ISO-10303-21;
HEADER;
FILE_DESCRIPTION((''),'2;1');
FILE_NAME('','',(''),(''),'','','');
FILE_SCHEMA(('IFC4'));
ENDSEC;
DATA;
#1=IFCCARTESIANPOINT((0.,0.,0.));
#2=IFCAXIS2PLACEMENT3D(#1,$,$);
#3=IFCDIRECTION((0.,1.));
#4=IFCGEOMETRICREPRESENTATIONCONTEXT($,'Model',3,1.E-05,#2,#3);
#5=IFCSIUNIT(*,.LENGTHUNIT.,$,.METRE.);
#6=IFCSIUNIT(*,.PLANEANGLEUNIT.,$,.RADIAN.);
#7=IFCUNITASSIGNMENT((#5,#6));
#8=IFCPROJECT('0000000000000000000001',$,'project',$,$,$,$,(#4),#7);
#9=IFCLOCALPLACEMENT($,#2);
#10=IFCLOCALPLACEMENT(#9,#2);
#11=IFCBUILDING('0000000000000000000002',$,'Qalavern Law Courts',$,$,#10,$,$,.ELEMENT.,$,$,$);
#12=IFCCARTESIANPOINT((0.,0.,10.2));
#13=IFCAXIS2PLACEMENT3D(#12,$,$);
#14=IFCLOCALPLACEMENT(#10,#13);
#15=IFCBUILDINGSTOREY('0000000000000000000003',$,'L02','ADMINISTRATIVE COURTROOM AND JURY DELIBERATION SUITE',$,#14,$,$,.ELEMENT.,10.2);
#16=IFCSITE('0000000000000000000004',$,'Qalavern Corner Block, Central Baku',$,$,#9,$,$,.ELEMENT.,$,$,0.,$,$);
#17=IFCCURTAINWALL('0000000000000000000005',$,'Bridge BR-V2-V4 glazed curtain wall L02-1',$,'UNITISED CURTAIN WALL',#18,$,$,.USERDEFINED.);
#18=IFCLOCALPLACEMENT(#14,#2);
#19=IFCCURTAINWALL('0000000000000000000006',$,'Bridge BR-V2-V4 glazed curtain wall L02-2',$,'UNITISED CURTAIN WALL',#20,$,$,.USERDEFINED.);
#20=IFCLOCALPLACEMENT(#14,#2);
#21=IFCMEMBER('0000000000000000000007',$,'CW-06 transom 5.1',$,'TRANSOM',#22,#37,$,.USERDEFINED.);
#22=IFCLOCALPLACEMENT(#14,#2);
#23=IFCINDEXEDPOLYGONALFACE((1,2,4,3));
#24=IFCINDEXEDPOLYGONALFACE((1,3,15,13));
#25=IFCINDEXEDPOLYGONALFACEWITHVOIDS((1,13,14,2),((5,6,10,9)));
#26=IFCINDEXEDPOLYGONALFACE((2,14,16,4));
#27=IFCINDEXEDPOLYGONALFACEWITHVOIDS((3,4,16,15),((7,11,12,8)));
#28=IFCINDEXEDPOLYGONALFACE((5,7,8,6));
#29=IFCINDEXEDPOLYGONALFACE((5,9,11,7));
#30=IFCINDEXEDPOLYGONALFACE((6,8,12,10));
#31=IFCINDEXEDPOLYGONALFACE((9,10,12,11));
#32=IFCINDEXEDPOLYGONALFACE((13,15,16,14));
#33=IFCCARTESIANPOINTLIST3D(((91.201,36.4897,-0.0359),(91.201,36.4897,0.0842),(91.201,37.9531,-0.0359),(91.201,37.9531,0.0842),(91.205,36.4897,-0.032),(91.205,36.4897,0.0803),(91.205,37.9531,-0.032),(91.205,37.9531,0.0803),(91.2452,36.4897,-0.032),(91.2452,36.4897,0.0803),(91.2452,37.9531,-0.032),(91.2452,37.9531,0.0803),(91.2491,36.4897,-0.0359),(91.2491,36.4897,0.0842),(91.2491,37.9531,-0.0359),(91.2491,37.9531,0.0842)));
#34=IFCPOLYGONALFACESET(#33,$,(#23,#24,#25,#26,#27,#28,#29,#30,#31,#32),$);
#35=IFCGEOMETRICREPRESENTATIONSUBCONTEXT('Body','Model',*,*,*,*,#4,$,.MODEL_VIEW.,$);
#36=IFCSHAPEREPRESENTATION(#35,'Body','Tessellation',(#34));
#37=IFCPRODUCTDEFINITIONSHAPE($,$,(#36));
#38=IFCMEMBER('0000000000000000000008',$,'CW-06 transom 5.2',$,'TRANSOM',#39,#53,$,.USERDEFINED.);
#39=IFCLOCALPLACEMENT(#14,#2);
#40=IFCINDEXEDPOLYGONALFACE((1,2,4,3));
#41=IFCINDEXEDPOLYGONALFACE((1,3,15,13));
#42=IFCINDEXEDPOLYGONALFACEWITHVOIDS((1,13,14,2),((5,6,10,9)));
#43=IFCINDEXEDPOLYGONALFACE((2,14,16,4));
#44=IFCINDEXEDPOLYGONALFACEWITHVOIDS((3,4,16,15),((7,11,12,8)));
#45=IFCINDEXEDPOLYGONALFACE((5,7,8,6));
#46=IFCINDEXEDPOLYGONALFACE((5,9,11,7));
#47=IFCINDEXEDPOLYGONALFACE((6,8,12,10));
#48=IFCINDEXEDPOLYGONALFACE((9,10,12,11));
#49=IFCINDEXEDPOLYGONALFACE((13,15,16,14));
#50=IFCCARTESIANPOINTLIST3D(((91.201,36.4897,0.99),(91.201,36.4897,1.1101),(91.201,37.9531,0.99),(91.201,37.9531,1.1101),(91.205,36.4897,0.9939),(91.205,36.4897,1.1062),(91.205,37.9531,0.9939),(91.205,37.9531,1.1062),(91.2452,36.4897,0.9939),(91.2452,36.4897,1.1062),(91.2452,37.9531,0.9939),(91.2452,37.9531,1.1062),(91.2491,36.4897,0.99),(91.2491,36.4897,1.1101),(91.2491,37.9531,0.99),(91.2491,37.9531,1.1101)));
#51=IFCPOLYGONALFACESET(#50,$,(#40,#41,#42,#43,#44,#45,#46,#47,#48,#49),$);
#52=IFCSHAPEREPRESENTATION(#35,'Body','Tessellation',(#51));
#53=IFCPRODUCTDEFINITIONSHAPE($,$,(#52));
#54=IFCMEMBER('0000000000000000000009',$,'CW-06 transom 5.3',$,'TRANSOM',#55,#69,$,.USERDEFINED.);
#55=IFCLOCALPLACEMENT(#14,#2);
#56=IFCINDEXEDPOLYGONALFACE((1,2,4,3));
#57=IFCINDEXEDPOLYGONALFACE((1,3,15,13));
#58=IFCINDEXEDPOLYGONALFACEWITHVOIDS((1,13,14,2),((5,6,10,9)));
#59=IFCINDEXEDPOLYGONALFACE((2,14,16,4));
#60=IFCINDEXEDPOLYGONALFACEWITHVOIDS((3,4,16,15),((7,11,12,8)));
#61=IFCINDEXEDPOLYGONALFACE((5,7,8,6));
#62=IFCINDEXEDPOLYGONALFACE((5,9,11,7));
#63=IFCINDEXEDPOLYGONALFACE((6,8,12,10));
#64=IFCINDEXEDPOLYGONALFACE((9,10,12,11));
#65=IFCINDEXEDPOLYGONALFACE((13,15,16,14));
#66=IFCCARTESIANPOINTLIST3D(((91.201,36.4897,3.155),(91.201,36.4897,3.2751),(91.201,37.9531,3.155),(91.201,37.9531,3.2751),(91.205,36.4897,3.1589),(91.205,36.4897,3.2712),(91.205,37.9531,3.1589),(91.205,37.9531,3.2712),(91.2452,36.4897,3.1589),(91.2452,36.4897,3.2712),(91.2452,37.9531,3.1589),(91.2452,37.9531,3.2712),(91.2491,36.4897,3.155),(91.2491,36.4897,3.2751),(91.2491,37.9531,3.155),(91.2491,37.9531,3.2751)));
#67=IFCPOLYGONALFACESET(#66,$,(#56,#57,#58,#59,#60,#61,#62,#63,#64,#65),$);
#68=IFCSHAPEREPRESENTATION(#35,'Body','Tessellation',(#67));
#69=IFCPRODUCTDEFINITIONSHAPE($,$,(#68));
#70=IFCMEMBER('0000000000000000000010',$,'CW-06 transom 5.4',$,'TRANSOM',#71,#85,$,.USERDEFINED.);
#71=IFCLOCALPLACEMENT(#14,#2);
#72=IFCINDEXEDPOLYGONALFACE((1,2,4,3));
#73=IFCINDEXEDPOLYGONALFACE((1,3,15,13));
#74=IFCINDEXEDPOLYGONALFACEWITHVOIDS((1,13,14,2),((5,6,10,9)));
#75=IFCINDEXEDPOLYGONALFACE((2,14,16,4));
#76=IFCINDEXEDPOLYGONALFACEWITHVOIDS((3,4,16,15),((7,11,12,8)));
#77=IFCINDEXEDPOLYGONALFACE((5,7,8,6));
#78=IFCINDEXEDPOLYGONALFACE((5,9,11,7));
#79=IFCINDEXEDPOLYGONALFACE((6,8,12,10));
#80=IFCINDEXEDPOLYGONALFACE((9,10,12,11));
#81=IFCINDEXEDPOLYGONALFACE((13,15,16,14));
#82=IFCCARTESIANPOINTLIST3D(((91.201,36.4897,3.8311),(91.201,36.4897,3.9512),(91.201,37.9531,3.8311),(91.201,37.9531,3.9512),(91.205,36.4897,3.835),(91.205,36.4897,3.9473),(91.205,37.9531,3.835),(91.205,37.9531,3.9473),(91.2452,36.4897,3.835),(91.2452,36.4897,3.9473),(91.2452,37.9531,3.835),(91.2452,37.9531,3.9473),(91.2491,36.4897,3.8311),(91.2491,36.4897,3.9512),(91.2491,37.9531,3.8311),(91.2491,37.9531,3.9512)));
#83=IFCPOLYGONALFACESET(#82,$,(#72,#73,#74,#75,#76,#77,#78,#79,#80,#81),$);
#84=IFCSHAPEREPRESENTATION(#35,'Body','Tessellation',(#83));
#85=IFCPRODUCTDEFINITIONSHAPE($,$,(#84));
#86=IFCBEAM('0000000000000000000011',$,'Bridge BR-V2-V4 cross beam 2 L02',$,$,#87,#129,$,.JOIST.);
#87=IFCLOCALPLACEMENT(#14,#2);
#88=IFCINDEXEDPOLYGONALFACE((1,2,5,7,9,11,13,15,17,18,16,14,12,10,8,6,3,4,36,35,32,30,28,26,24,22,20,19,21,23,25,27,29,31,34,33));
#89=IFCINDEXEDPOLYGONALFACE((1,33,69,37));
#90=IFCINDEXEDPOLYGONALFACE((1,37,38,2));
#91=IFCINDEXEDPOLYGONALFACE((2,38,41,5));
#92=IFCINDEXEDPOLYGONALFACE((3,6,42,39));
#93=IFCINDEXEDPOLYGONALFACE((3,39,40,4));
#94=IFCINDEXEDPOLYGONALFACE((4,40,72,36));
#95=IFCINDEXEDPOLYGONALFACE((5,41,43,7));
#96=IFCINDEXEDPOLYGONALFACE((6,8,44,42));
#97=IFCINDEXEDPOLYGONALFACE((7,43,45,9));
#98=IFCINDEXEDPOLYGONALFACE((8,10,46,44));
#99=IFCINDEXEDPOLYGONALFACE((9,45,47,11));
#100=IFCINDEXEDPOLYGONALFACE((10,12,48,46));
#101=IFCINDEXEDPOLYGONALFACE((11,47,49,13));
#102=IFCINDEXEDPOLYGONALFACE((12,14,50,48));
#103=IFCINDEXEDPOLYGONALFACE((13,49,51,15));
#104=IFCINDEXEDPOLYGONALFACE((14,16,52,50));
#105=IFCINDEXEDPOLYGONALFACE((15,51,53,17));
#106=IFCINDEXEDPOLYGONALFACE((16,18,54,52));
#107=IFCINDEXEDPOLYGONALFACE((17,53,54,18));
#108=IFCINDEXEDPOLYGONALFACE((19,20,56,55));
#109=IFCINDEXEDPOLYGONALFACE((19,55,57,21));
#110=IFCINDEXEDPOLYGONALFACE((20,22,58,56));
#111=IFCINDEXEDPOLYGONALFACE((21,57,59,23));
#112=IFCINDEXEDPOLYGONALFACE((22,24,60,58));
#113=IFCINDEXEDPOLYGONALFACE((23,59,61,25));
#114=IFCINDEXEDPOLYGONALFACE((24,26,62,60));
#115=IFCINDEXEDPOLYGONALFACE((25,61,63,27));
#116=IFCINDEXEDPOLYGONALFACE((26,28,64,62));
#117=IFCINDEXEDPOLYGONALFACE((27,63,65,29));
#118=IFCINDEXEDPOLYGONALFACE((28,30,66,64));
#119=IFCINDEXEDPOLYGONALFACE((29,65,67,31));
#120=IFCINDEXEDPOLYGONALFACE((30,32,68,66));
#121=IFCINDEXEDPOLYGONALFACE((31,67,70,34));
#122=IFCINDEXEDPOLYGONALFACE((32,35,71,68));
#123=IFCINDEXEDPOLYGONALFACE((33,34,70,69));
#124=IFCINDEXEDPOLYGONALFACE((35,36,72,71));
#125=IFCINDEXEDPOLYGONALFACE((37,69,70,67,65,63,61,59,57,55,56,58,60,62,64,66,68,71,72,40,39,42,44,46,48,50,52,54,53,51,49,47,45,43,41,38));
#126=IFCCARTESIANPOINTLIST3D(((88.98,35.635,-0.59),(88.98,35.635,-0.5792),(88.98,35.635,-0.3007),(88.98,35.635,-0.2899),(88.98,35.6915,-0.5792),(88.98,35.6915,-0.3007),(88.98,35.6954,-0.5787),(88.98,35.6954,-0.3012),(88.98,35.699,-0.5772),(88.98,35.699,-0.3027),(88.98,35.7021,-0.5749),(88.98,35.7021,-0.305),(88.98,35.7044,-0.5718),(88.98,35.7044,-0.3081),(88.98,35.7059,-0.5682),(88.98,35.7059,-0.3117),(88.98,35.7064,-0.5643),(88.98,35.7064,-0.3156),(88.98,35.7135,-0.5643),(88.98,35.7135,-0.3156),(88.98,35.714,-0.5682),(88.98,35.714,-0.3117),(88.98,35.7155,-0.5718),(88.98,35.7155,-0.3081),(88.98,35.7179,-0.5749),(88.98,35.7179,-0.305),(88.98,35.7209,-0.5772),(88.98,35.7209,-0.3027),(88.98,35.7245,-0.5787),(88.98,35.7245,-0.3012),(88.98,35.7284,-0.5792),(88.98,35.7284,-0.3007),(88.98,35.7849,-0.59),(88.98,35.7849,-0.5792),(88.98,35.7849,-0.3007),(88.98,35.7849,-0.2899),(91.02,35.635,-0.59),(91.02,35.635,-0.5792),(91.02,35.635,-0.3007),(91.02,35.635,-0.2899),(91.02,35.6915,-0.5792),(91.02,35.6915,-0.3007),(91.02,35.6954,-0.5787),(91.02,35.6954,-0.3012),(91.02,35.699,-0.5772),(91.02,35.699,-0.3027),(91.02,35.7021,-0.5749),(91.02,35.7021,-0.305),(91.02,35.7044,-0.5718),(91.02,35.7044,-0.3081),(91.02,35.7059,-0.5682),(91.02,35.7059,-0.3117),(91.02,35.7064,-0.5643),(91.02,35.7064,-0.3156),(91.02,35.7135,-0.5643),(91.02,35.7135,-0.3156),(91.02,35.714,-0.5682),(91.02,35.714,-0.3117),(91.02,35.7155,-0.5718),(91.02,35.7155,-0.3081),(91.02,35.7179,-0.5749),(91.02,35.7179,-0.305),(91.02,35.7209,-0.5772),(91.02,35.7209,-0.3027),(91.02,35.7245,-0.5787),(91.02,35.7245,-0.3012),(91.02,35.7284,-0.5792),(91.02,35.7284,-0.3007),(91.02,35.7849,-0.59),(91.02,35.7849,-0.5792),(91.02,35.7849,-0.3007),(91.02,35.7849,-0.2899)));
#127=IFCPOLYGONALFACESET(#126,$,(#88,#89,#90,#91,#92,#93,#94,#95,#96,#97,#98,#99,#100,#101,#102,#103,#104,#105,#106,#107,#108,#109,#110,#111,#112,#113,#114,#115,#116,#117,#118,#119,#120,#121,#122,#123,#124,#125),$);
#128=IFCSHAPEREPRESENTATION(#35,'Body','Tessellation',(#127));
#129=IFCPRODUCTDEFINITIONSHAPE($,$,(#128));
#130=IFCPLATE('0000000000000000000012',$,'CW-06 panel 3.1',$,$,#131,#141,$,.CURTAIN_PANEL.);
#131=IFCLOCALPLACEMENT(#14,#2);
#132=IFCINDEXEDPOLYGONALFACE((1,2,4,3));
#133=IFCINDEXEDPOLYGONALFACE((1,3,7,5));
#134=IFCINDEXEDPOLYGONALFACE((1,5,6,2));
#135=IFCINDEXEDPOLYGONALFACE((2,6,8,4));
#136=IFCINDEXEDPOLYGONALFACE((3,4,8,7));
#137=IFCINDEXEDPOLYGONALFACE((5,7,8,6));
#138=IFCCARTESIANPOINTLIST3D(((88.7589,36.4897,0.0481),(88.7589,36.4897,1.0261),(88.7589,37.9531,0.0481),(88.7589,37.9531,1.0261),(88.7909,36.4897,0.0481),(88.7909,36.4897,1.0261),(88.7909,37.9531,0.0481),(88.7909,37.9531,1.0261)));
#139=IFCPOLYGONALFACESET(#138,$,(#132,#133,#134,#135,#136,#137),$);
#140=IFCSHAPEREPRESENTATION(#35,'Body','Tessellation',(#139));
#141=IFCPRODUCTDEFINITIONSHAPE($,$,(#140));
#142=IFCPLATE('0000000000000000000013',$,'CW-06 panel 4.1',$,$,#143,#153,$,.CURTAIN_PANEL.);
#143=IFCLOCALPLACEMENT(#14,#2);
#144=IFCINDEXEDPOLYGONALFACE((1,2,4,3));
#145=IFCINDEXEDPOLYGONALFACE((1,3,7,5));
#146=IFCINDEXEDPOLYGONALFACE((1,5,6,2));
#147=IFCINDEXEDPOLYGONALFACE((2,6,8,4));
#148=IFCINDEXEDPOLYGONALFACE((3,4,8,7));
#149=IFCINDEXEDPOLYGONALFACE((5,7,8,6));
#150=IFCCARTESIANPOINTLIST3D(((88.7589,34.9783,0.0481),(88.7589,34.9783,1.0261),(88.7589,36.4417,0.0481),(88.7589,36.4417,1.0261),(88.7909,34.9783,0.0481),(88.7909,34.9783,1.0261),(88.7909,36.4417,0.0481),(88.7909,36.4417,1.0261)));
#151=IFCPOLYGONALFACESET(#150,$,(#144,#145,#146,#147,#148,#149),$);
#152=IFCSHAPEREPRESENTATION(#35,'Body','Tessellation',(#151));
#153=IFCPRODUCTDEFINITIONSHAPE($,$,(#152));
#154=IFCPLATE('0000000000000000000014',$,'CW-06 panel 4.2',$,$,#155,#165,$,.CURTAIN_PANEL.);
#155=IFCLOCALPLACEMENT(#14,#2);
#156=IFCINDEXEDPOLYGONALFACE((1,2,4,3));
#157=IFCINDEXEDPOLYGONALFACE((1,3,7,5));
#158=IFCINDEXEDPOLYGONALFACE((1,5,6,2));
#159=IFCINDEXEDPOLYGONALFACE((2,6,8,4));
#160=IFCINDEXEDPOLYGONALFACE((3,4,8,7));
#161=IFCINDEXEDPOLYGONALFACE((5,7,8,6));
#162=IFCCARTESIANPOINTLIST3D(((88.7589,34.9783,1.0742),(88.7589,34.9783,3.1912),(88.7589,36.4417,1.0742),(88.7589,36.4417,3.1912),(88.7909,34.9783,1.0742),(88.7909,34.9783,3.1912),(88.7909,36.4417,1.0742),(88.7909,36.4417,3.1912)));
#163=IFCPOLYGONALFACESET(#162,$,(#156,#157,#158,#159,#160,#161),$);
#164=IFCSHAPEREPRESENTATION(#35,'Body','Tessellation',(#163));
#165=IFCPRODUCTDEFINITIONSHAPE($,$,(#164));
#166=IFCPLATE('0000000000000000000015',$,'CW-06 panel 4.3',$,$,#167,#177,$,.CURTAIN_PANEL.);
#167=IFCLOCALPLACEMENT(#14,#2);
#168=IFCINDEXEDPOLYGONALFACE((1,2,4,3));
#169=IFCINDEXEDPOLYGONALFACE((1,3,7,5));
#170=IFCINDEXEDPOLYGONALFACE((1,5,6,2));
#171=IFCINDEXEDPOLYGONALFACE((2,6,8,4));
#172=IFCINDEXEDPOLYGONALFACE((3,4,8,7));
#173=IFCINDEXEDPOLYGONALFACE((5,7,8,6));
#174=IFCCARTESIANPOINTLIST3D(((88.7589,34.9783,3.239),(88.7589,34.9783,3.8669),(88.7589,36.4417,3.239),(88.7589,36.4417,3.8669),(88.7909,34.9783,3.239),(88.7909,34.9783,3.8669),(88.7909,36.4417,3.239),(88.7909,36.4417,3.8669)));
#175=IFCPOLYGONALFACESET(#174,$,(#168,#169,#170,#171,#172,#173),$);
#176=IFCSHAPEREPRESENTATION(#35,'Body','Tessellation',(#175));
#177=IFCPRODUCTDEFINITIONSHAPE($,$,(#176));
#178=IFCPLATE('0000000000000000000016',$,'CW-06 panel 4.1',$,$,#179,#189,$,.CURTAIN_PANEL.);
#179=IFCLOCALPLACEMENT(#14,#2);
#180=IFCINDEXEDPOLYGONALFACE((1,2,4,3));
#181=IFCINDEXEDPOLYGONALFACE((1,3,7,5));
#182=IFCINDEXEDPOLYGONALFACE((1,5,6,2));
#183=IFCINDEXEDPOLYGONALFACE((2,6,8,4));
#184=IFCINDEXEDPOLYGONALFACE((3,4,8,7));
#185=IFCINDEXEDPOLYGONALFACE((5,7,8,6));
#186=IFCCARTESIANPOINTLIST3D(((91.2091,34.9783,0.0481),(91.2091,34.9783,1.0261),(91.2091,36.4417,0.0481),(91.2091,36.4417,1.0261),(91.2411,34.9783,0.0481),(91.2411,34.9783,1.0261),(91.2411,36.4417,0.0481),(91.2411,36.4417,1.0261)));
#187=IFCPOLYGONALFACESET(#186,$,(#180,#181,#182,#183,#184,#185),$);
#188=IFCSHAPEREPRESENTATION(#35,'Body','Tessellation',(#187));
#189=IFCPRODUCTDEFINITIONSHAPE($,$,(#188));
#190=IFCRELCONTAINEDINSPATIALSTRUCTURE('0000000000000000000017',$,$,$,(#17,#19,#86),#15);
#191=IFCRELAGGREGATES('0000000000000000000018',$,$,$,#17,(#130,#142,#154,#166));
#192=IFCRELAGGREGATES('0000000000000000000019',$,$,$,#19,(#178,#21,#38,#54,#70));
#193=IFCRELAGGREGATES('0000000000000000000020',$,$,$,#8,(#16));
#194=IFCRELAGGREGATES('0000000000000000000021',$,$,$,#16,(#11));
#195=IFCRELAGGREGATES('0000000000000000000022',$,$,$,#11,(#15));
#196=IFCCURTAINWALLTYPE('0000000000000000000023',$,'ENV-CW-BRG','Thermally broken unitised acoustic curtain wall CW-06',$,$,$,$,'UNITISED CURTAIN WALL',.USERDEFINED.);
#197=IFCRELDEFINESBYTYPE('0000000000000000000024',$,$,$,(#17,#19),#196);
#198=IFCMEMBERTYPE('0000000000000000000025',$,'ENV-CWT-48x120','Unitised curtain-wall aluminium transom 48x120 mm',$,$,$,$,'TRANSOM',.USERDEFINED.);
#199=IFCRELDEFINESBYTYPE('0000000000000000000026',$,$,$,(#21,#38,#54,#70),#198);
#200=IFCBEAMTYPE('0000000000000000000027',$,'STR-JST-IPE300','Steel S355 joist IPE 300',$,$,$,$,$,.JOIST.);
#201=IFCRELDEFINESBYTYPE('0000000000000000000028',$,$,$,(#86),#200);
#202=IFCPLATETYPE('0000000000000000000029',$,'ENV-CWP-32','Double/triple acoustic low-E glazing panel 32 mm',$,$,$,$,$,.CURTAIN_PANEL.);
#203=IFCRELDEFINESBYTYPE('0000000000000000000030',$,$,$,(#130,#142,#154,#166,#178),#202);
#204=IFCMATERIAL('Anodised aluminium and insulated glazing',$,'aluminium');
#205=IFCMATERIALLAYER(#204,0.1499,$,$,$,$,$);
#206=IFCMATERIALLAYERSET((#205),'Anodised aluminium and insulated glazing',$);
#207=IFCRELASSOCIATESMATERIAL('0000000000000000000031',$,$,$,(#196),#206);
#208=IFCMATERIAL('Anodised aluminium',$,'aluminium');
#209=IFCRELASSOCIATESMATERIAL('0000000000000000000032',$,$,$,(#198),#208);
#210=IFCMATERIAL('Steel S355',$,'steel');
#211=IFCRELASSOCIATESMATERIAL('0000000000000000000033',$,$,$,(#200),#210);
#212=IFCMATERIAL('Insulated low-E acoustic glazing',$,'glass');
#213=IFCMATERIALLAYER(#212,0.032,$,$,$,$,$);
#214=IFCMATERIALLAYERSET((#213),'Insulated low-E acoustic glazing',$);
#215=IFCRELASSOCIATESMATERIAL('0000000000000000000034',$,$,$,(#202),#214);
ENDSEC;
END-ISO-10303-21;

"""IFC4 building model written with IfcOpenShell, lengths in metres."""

from ifc_helpers import new_model, si_unit, direction, frame, origin, origin_2d, place, context, subcontext, project, spatial, rectangle, hollow_rectangle, i_section, extrude, material, layer, layer_set, material_profile, profile_set, type_object, element, aggregate, save


model = new_model("IFC4")

# Units and contexts
model_context = context("Model", 3, precision=1e-05, world=origin(), true_north=direction((0.0, 1.0)))
body_context = subcontext(model_context, "Body", "Model", "MODEL_VIEW")
ifc_project = project(units=[si_unit("LENGTHUNIT", "METRE"), si_unit("PLANEANGLEUNIT", "RADIAN")], contexts=[model_context])

# Site, building, storey
site_placement = place(None, origin())
site = spatial("IfcSite", under=ifc_project, at=site_placement, Name="Qalavern Corner Block, Central Baku", CompositionType="ELEMENT", RefElevation=0.0)
building_placement = place(site_placement, origin())
building = spatial("IfcBuilding", under=site, at=building_placement, Name="Qalavern Law Courts", CompositionType="ELEMENT")
storey_placement = place(building_placement, frame((0.0, 0.0, 10.2)))
storey = spatial("IfcBuildingStorey", under=building, at=storey_placement, Name="L02", Description="ADMINISTRATIVE COURTROOM AND JURY DELIBERATION SUITE", CompositionType="ELEMENT", Elevation=10.2)

# Curtain wall
ifc_material_1 = material(Name="Anodised aluminium and insulated glazing", Category="aluminium")
ifc_layer_1 = layer(ifc_material_1, 0.1499)
ifc_layer_set_1 = layer_set([ifc_layer_1], Name="Anodised aluminium and insulated glazing")
curtain_wall_type = type_object("IfcCurtainWallType", Name="ENV-CW-BRG", Description="Thermally broken unitised acoustic curtain wall CW-06", ElementType="UNITISED CURTAIN WALL", PredefinedType="USERDEFINED", material=ifc_layer_set_1)
curtain_wall_1_placement = place(storey_placement, origin())
curtain_wall_1 = element("IfcCurtainWall", 1, at=curtain_wall_1_placement, inside=storey, type_object=curtain_wall_type, Name="Bridge BR-V2-V4 glazed curtain wall L02-1", ObjectType="UNITISED CURTAIN WALL", PredefinedType="USERDEFINED")
ifc_material_2 = material(Name="Anodised aluminium", Category="aluminium")

# Curtain wall
curtain_wall_2_placement = place(storey_placement, origin())
curtain_wall_2 = element("IfcCurtainWall", 2, at=curtain_wall_2_placement, inside=storey, type_object=curtain_wall_type, Name="Bridge BR-V2-V4 glazed curtain wall L02-2", ObjectType="UNITISED CURTAIN WALL", PredefinedType="USERDEFINED")

# Members
ifc_material_profile_1 = material_profile(ifc_material_2, hollow_rectangle(XDim=0.0481, YDim=0.1201, WallThickness=0.0039, at=origin_2d()), Name="ALU TRANSOM 48x120")
ifc_profile_set_1 = profile_set([ifc_material_profile_1], Name="Anodised aluminium")
member_type_1 = type_object("IfcMemberType", Name="ENV-CWT-48x120", Description="Unitised curtain-wall aluminium transom 48x120 mm", ElementType="TRANSOM", PredefinedType="USERDEFINED", material=ifc_profile_set_1)
member_1_placement = place(storey_placement, frame((91.2251, 36.4897, 0.0242), z_axis=(0.0, 1.0, 0.0), x_axis=(-1.0, 0.0, 0.0)))
member_1 = element("IfcMember", 3, at=member_1_placement, type_object=member_type_1, Name="CW-06 transom 5.1", ObjectType="TRANSOM", PredefinedType="USERDEFINED", context=body_context, shape_type="SweptSolid", body=[
    extrude(hollow_rectangle(XDim=0.0481, YDim=0.1201, WallThickness=0.0039, at=origin_2d()), origin(), (0.0, 0.0, 1.0), 1.4634),
])
member_2_placement = place(storey_placement, frame((91.2251, 36.4897, 1.05), z_axis=(0.0, 1.0, 0.0), x_axis=(-1.0, 0.0, 0.0)))
member_2 = element("IfcMember", 4, at=member_2_placement, type_object=member_type_1, Name="CW-06 transom 5.2", ObjectType="TRANSOM", PredefinedType="USERDEFINED", context=body_context, shape_type="SweptSolid", body=[
    extrude(hollow_rectangle(XDim=0.0481, YDim=0.1201, WallThickness=0.0039, at=origin_2d()), origin(), (0.0, 0.0, 1.0), 1.4634),
])
member_3_placement = place(storey_placement, frame((91.2251, 36.4897, 3.2151), z_axis=(0.0, 1.0, 0.0), x_axis=(-1.0, 0.0, 0.0)))
member_3 = element("IfcMember", 5, at=member_3_placement, type_object=member_type_1, Name="CW-06 transom 5.3", ObjectType="TRANSOM", PredefinedType="USERDEFINED", context=body_context, shape_type="SweptSolid", body=[
    extrude(hollow_rectangle(XDim=0.0481, YDim=0.1201, WallThickness=0.0039, at=origin_2d()), origin(), (0.0, 0.0, 1.0), 1.4634),
])
member_4_placement = place(storey_placement, frame((91.2251, 36.4897, 3.8911), z_axis=(0.0, 1.0, 0.0), x_axis=(-1.0, 0.0, 0.0)))
member_4 = element("IfcMember", 6, at=member_4_placement, type_object=member_type_1, Name="CW-06 transom 5.4", ObjectType="TRANSOM", PredefinedType="USERDEFINED", context=body_context, shape_type="SweptSolid", body=[
    extrude(hollow_rectangle(XDim=0.0481, YDim=0.1201, WallThickness=0.0039, at=origin_2d()), origin(), (0.0, 0.0, 1.0), 1.4634),
])

# Beam
ifc_material_3 = material(Name="Steel S355", Category="steel")
ifc_material_profile_2 = material_profile(ifc_material_3, i_section(OverallWidth=0.1499, OverallDepth=0.3, WebThickness=0.0071, FlangeThickness=0.0107, FilletRadius=0.0149, at=origin_2d()), Name="IPE 300")
ifc_profile_set_2 = profile_set([ifc_material_profile_2], Name="Steel S355")
beam_type = type_object("IfcBeamType", Name="STR-JST-IPE300", Description="Steel S355 joist IPE 300", PredefinedType="JOIST", material=ifc_profile_set_2)
beam_placement = place(storey_placement, frame((88.98, 35.71, -0.4399), z_axis=(1.0, 0.0, 0.0), x_axis=(0.0, 1.0, 0.0)))
element("IfcBeam", 7, at=beam_placement, inside=storey, type_object=beam_type, Name="Bridge BR-V2-V4 cross beam 2 L02", PredefinedType="JOIST", context=body_context, shape_type="SweptSolid", body=[
    extrude(i_section(OverallWidth=0.1499, OverallDepth=0.3, WebThickness=0.0071, FlangeThickness=0.0107, FilletRadius=0.0149, at=origin_2d()), origin(), (0.0, 0.0, 1.0), 2.04),
])

# Plates
ifc_material_4 = material(Name="Insulated low-E acoustic glazing", Category="glass")
ifc_layer_2 = layer(ifc_material_4, 0.032)
ifc_layer_set_2 = layer_set([ifc_layer_2], Name="Insulated low-E acoustic glazing")
plate_type = type_object("IfcPlateType", Name="ENV-CWP-32", Description="Double/triple acoustic low-E glazing panel 32 mm", PredefinedType="CURTAIN_PANEL", material=ifc_layer_set_2)
plate_1_placement = place(storey_placement, frame((88.7749, 37.2214, 0.0481), z_axis=(0.0, 0.0, 1.0), x_axis=(0.0, -1.0, 0.0)))
plate_1 = element("IfcPlate", 8, at=plate_1_placement, type_object=plate_type, Name="CW-06 panel 3.1", PredefinedType="CURTAIN_PANEL", context=body_context, shape_type="SweptSolid", body=[
    extrude(rectangle(XDim=1.4634, YDim=0.032, at=origin_2d()), origin(), (0.0, 0.0, 1.0), 0.978),
])
plate_2_placement = place(storey_placement, frame((88.7749, 35.71, 0.0481), z_axis=(0.0, 0.0, 1.0), x_axis=(0.0, -1.0, 0.0)))
plate_2 = element("IfcPlate", 9, at=plate_2_placement, type_object=plate_type, Name="CW-06 panel 4.1", PredefinedType="CURTAIN_PANEL", context=body_context, shape_type="SweptSolid", body=[
    extrude(rectangle(XDim=1.4634, YDim=0.032, at=origin_2d()), origin(), (0.0, 0.0, 1.0), 0.978),
])
plate_3_placement = place(storey_placement, frame((88.7749, 35.71, 1.0742), z_axis=(0.0, 0.0, 1.0), x_axis=(0.0, -1.0, 0.0)))
plate_3 = element("IfcPlate", 10, at=plate_3_placement, type_object=plate_type, Name="CW-06 panel 4.2", PredefinedType="CURTAIN_PANEL", context=body_context, shape_type="SweptSolid", body=[
    extrude(rectangle(XDim=1.4634, YDim=0.032, at=origin_2d()), origin(), (0.0, 0.0, 1.0), 2.1169),
])
plate_4_placement = place(storey_placement, frame((88.7749, 35.71, 3.239), z_axis=(0.0, 0.0, 1.0), x_axis=(0.0, -1.0, 0.0)))
plate_4 = element("IfcPlate", 11, at=plate_4_placement, type_object=plate_type, Name="CW-06 panel 4.3", PredefinedType="CURTAIN_PANEL", context=body_context, shape_type="SweptSolid", body=[
    extrude(rectangle(XDim=1.4634, YDim=0.032, at=origin_2d()), origin(), (0.0, 0.0, 1.0), 0.6279),
])
aggregate(curtain_wall_1, [plate_1, plate_2, plate_3, plate_4])
plate_5_placement = place(storey_placement, frame((91.2251, 35.71, 0.0481), z_axis=(0.0, 0.0, 1.0), x_axis=(0.0, 1.0, 0.0)))
plate_5 = element("IfcPlate", 12, at=plate_5_placement, type_object=plate_type, Name="CW-06 panel 4.1", PredefinedType="CURTAIN_PANEL", context=body_context, shape_type="SweptSolid", body=[
    extrude(rectangle(XDim=1.4634, YDim=0.032, at=origin_2d()), origin(), (0.0, 0.0, 1.0), 0.978),
])
aggregate(curtain_wall_2, [plate_5, member_1, member_2, member_3, member_4])

save(model, "model.ifc")
